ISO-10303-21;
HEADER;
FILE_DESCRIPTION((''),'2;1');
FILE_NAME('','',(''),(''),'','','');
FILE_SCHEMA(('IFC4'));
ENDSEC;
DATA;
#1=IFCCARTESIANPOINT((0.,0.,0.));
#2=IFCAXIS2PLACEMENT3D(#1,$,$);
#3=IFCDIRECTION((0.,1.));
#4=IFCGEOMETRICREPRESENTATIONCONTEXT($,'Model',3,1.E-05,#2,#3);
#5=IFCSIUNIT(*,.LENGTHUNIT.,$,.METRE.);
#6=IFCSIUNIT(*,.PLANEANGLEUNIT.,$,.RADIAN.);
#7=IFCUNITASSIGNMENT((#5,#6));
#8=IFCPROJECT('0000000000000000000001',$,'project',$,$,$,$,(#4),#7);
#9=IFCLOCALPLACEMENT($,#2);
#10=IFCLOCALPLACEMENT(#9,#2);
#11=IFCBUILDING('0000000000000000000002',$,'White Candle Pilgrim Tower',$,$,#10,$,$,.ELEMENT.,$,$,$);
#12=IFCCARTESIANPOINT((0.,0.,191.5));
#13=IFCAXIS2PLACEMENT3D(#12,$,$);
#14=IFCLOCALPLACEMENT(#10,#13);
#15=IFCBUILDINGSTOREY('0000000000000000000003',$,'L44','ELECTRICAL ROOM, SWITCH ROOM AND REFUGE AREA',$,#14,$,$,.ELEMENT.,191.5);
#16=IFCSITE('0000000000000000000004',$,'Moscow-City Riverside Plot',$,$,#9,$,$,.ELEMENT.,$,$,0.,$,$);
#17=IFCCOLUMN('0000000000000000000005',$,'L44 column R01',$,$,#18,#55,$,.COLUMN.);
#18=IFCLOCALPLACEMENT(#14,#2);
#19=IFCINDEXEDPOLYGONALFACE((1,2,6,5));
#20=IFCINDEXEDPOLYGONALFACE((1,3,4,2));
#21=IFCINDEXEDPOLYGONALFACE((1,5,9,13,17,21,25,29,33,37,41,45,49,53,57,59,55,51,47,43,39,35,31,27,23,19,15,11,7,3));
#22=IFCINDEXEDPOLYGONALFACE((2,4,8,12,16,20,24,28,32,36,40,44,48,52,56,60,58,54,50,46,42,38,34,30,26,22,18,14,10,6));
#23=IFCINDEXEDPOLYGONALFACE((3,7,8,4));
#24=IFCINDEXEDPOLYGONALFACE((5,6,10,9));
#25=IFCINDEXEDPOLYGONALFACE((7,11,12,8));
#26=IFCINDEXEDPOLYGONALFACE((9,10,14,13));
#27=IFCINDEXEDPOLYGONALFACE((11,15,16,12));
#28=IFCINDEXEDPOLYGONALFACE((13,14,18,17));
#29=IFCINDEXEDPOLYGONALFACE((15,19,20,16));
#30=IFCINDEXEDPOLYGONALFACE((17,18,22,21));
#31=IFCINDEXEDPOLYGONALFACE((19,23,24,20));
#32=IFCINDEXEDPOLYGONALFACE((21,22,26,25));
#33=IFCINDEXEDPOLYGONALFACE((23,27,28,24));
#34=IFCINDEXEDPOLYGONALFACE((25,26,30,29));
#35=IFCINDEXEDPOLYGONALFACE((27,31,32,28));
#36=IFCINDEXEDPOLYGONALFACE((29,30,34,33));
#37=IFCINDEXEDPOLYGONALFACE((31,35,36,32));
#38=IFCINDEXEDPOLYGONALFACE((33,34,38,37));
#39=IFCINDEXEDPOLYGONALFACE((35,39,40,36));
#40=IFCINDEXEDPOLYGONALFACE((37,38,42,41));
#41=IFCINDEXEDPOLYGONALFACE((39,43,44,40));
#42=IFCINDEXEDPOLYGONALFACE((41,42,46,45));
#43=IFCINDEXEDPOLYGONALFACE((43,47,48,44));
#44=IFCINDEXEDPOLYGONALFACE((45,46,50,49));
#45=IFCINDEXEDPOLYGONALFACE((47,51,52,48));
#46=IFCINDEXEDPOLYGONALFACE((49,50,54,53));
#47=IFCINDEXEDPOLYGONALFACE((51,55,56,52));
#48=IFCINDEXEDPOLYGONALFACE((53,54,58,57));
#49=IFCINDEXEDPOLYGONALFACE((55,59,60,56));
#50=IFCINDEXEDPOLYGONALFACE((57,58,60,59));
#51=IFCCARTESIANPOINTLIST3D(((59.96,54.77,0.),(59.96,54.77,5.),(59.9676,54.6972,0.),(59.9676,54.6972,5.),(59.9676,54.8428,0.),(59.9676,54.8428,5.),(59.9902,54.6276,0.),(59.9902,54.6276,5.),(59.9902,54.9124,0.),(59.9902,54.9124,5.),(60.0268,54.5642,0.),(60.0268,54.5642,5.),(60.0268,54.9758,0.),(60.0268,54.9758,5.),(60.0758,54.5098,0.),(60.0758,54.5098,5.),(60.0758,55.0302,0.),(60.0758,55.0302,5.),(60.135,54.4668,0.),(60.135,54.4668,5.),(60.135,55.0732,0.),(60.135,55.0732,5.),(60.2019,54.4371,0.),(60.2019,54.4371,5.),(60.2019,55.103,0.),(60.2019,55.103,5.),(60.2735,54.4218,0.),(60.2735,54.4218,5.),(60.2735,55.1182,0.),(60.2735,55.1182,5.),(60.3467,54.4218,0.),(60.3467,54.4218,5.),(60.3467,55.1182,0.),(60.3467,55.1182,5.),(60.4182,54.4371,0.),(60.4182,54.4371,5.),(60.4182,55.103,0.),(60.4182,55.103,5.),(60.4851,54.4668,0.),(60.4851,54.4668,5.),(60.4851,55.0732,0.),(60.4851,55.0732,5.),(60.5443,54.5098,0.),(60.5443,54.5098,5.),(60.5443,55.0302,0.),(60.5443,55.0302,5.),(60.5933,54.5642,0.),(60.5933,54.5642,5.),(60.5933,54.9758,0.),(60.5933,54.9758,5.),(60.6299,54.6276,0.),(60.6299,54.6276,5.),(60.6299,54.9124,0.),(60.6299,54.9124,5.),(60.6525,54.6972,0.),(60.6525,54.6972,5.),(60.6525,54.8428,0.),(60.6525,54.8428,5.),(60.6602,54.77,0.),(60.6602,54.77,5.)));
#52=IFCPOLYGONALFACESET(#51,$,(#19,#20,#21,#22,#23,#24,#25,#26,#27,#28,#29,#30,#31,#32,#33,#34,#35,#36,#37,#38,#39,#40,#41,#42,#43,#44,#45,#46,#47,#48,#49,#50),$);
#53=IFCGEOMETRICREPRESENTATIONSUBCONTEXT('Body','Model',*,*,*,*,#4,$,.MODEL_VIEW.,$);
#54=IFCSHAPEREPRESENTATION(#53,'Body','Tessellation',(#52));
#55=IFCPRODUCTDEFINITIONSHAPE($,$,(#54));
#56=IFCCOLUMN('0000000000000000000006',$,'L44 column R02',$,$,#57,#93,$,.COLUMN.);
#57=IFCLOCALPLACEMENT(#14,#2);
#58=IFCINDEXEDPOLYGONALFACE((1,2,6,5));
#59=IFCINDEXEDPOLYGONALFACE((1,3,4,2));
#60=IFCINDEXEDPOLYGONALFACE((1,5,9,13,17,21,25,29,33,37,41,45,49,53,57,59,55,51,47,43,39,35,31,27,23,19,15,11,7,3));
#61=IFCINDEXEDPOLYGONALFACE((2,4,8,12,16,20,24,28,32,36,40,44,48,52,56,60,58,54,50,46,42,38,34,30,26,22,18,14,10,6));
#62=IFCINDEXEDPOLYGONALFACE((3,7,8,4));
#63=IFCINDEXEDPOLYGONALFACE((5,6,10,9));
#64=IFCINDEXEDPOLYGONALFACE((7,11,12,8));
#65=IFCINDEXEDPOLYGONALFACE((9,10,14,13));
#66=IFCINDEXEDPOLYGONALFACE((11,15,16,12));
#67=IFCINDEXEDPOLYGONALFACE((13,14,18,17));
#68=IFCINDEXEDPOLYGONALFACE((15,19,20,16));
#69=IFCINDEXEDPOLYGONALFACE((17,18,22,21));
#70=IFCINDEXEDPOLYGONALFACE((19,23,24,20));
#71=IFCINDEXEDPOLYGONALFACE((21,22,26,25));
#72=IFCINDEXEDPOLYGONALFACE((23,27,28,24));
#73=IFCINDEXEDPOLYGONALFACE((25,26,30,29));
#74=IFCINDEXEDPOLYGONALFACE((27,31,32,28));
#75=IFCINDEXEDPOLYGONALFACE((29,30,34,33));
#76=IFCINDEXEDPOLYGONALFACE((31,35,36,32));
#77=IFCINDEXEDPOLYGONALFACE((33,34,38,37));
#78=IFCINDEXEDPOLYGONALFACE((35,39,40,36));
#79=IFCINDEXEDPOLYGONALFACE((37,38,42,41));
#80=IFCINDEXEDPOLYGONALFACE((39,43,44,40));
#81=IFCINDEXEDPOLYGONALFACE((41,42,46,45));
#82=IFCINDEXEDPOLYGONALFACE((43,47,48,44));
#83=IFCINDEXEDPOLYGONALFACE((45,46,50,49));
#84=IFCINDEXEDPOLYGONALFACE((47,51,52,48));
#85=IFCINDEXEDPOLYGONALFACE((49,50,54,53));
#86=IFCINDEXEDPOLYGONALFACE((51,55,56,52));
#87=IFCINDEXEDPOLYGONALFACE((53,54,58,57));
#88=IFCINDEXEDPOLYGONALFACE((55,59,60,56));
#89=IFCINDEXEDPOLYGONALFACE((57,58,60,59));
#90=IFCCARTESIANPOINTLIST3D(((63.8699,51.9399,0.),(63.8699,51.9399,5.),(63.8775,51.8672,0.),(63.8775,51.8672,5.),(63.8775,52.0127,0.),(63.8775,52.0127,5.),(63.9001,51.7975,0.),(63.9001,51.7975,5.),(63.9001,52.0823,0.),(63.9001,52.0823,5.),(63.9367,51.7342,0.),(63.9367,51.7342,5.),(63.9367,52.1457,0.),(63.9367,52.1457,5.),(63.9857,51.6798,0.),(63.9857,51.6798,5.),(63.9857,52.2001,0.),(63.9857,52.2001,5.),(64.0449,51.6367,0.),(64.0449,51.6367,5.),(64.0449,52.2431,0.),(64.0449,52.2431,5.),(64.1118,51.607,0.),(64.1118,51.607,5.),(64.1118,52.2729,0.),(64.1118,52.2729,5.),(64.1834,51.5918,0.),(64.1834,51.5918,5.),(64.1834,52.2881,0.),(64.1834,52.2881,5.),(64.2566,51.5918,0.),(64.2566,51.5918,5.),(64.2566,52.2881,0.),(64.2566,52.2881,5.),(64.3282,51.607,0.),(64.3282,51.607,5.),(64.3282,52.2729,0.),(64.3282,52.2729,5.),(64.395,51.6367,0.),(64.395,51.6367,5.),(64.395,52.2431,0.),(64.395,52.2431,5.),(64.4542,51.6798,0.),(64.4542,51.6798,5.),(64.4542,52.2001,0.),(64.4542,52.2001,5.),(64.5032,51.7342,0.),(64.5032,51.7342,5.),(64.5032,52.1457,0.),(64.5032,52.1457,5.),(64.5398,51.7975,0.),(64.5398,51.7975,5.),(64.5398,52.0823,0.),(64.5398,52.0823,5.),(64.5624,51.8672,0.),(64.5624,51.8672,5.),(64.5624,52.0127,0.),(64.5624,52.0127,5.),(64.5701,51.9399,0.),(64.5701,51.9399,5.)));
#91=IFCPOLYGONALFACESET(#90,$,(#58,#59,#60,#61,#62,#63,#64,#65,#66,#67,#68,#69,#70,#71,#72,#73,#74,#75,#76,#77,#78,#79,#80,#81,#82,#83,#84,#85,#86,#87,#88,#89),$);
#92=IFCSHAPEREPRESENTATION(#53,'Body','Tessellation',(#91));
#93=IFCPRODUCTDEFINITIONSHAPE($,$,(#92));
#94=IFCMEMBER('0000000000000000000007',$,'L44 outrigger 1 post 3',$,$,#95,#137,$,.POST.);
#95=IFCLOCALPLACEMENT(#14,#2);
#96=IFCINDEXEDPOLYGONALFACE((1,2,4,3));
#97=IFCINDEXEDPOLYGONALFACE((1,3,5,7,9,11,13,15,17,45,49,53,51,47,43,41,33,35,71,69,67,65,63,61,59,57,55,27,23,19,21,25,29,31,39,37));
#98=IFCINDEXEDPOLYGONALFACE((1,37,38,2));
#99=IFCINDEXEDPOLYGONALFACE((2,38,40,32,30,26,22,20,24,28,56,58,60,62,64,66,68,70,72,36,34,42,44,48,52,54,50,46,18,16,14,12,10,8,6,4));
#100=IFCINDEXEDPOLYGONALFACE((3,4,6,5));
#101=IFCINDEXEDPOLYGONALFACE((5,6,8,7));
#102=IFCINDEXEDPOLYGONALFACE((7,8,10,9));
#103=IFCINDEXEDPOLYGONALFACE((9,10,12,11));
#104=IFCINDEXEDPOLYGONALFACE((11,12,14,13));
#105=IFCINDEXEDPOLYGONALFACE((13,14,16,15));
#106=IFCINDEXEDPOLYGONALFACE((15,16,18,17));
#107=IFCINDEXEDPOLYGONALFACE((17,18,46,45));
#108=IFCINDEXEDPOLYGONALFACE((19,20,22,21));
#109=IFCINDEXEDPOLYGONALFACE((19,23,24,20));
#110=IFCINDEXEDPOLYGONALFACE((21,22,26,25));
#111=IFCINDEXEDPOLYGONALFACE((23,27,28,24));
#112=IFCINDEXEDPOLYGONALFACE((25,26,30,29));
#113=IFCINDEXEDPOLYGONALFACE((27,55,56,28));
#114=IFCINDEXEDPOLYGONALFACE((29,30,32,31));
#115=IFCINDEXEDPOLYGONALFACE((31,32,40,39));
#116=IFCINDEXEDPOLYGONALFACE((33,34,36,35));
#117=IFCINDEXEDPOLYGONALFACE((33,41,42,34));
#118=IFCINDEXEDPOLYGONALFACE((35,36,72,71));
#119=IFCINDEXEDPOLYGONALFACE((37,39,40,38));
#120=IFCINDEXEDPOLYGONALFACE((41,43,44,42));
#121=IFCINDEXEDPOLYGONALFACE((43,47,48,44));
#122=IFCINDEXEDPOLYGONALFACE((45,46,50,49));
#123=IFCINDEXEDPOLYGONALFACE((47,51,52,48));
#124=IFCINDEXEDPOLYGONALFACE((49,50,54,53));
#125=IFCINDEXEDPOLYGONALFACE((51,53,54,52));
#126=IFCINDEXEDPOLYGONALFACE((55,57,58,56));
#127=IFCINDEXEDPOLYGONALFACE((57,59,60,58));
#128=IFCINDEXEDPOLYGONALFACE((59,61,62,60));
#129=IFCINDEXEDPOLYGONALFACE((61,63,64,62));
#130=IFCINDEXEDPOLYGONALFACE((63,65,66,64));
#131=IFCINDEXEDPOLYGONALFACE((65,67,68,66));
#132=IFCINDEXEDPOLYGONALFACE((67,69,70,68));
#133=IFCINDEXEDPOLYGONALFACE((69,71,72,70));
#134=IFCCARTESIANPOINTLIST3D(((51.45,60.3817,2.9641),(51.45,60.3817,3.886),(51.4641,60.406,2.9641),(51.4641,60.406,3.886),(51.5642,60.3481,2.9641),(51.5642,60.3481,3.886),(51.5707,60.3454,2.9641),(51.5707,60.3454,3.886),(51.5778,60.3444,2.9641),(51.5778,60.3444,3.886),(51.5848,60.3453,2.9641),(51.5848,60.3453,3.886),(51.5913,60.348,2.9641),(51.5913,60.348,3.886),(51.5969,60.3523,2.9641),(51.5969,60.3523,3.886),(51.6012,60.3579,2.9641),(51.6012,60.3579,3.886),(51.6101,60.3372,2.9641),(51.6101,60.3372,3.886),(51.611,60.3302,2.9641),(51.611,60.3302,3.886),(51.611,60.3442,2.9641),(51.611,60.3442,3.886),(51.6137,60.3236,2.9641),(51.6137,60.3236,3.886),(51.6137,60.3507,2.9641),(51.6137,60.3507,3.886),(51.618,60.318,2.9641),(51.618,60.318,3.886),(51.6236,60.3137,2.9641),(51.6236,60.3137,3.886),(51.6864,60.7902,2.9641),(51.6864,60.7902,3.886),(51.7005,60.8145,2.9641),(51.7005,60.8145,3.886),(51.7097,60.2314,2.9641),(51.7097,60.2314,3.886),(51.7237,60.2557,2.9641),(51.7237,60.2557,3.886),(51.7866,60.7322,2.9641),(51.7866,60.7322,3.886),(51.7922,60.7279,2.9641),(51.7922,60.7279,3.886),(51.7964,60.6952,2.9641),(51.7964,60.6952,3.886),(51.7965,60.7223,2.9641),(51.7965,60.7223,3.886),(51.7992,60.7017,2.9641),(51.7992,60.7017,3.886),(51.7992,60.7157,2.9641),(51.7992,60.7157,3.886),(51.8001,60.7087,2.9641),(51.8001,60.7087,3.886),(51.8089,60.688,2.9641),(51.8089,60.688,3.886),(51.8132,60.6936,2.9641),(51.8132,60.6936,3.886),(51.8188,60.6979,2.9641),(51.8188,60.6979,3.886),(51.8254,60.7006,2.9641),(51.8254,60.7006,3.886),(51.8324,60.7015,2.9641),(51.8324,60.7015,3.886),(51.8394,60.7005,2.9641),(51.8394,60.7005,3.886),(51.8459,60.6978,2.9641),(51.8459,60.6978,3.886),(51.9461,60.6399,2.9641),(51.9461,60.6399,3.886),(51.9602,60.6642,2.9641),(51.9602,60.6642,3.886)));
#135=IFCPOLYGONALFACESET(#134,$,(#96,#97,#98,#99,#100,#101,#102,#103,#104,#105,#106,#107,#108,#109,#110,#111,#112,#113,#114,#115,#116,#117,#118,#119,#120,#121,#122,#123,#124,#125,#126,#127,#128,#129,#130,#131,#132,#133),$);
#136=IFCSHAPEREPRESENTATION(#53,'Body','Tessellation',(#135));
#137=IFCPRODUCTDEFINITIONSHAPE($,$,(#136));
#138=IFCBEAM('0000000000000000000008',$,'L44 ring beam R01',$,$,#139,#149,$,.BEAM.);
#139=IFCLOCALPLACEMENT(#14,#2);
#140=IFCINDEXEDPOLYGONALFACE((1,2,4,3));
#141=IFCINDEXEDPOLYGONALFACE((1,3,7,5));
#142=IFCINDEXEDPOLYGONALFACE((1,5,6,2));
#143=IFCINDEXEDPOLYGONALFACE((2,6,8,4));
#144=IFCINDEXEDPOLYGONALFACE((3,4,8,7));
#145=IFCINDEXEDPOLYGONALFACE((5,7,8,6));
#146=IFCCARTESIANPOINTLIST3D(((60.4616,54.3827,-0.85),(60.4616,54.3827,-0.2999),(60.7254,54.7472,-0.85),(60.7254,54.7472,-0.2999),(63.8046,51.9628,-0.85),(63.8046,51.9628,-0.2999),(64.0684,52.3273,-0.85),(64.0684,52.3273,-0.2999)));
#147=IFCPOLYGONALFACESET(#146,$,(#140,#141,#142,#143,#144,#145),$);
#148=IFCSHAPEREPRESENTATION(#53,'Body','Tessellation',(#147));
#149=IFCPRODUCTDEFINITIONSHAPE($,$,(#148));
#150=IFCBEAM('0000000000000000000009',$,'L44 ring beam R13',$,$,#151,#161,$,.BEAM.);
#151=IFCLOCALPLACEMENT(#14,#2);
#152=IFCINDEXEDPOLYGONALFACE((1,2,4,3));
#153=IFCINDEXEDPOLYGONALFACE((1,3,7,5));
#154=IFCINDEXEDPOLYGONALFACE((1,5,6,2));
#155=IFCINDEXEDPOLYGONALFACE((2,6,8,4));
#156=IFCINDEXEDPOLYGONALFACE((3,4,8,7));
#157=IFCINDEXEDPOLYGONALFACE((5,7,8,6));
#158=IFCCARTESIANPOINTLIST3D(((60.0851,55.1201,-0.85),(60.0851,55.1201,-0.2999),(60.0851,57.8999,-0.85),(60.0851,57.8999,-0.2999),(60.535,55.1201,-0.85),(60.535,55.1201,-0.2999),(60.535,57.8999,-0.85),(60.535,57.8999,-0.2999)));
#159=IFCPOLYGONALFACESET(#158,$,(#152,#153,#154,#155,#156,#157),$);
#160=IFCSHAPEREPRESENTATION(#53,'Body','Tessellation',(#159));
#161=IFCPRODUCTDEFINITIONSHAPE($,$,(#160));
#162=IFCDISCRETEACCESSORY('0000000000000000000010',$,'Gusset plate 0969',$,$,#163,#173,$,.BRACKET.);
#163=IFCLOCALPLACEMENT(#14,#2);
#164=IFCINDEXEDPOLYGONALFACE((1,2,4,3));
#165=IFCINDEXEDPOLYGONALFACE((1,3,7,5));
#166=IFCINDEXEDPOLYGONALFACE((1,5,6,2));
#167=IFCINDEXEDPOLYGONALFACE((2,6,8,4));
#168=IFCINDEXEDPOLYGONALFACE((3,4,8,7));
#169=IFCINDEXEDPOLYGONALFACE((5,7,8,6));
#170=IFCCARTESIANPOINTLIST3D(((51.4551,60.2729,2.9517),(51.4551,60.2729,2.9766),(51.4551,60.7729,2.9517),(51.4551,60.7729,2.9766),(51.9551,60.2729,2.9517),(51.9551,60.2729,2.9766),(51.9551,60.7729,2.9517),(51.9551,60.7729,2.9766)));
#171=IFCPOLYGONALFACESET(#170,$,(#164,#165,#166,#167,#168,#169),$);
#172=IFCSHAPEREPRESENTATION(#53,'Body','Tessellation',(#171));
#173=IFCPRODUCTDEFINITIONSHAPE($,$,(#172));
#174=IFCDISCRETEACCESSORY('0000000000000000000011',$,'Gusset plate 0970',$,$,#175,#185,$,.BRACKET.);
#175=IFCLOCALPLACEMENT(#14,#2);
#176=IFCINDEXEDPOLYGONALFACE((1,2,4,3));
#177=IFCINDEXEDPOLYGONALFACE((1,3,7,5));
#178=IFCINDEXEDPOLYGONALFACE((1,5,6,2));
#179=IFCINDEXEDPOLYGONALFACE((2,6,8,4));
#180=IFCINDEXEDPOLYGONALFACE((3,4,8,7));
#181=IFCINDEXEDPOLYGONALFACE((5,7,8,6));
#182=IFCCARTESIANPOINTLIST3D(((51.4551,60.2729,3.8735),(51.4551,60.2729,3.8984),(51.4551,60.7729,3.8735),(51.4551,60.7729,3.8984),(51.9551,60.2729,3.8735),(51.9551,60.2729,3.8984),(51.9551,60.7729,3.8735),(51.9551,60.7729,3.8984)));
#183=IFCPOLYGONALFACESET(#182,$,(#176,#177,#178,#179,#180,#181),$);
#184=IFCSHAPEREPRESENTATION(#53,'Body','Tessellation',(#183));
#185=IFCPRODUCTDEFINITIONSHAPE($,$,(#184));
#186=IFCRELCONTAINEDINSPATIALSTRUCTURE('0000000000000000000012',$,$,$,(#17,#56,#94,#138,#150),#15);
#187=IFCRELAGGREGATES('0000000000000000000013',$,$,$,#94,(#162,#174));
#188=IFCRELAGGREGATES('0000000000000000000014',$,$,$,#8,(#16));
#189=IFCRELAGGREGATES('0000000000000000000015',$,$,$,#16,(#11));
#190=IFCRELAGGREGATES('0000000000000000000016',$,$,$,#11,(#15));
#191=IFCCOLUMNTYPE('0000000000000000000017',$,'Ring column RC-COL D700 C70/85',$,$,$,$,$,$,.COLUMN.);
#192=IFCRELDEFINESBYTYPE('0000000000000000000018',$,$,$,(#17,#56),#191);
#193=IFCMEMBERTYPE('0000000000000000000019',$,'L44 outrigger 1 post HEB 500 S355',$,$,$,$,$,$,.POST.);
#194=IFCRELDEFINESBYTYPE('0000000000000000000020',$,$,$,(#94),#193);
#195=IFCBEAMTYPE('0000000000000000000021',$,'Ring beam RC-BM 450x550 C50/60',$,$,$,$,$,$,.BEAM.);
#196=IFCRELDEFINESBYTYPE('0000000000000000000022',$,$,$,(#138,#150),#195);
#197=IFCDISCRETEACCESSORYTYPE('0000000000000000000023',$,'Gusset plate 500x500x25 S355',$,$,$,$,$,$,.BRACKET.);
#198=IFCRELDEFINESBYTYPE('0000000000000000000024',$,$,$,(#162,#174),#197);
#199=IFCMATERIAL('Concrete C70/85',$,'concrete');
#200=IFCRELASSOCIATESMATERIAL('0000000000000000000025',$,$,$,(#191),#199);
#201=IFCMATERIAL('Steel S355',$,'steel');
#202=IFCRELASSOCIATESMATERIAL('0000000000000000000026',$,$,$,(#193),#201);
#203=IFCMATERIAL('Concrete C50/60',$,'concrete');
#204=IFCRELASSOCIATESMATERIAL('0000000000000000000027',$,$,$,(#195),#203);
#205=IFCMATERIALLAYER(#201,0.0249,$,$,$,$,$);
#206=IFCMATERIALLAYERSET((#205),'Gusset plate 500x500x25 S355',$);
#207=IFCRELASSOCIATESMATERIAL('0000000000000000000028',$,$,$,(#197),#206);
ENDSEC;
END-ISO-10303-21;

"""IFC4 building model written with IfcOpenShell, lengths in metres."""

from ifc_helpers import new_model, si_unit, direction, frame, origin, origin_2d, place, context, subcontext, project, spatial, rectangle, circle, i_section, extrude, material, layer, layer_set, material_profile, profile_set, type_object, element, aggregate, save


model = new_model("IFC4")

# Units and contexts
model_context = context("Model", 3, precision=1e-05, world=origin(), true_north=direction((0.0, 1.0)))
body_context = subcontext(model_context, "Body", "Model", "MODEL_VIEW")
ifc_project = project(units=[si_unit("LENGTHUNIT", "METRE"), si_unit("PLANEANGLEUNIT", "RADIAN")], contexts=[model_context])

# Site, building, storey
site_placement = place(None, origin())
site = spatial("IfcSite", under=ifc_project, at=site_placement, Name="Moscow-City Riverside Plot", CompositionType="ELEMENT", RefElevation=0.0)
building_placement = place(site_placement, origin())
building = spatial("IfcBuilding", under=site, at=building_placement, Name="White Candle Pilgrim Tower", CompositionType="ELEMENT")
storey_placement = place(building_placement, frame((0.0, 0.0, 191.5)))
storey = spatial("IfcBuildingStorey", under=building, at=storey_placement, Name="L44", Description="ELECTRICAL ROOM, SWITCH ROOM AND REFUGE AREA", CompositionType="ELEMENT", Elevation=191.5)

# Columns
ifc_material_1 = material(Name="Concrete C70/85", Category="concrete")
ifc_material_profile_1 = material_profile(ifc_material_1, circle(Radius=0.3501, at=origin_2d()), Name="RC-COL D700")
ifc_profile_set_1 = profile_set([ifc_material_profile_1], Name="Concrete C70/85")
column_type = type_object("IfcColumnType", Name="Ring column RC-COL D700 C70/85", PredefinedType="COLUMN", material=ifc_profile_set_1)
for number, where, z_axis, x_axis, name in (
    (1, (60.3101, 54.77, 0.0), (0.0, 0.0, 1.0), (1.0, 0.0, 0.0), "L44 column R01"),
    (2, (64.22, 51.9399, 0.0), (0.0, 0.0, 1.0), (1.0, 0.0, 0.0), "L44 column R02"),
):
    element("IfcColumn", number, at=place(storey_placement, frame(where, z_axis=z_axis, x_axis=x_axis)), inside=storey, type_object=column_type, Name=name, PredefinedType="COLUMN", context=body_context, shape_type="SweptSolid", body=[
        extrude(circle(Radius=0.3501, at=origin_2d()), origin(), (0.0, 0.0, 1.0), 5.0),
    ])

# Member
ifc_material_2 = material(Name="Steel S355", Category="steel")
ifc_material_profile_2 = material_profile(ifc_material_2, i_section(OverallWidth=0.3, OverallDepth=0.5, WebThickness=0.0144, FlangeThickness=0.0281, FilletRadius=0.0271, at=origin_2d()), Name="HEB 500")
ifc_profile_set_2 = profile_set([ifc_material_profile_2], Name="Steel S355")
member_type = type_object("IfcMemberType", Name="L44 outrigger 1 post HEB 500 S355", PredefinedType="POST", material=ifc_profile_set_2)
member_placement = place(storey_placement, frame((51.7051, 60.5229, 2.9641), z_axis=(0.0, 0.0, 1.0), x_axis=(0.865454, -0.500989, 0.0)))
member = element("IfcMember", 3, at=member_placement, inside=storey, type_object=member_type, Name="L44 outrigger 1 post 3", PredefinedType="POST", context=body_context, shape_type="SweptSolid", body=[
    extrude(i_section(OverallWidth=0.3, OverallDepth=0.5, WebThickness=0.0144, FlangeThickness=0.0281, FilletRadius=0.0271, at=origin_2d()), origin(), (0.0, 0.0, 1.0), 0.9219),
])

# Beams
ifc_material_3 = material(Name="Concrete C50/60", Category="concrete")
ifc_material_profile_3 = material_profile(ifc_material_3, rectangle(XDim=0.45, YDim=0.55, at=origin_2d()), Name="RC-BM 450x550")
ifc_profile_set_3 = profile_set([ifc_material_profile_3], Name="Concrete C50/60")
beam_type = type_object("IfcBeamType", Name="Ring beam RC-BM 450x550 C50/60", PredefinedType="BEAM", material=ifc_profile_set_3)
beam_1_placement = place(storey_placement, frame((60.5935, 54.5649, -0.575), z_axis=(0.810044, -0.586369, 0.0), x_axis=(0.586369, 0.810044, 0.0)))
element("IfcBeam", 4, at=beam_1_placement, inside=storey, type_object=beam_type, Name="L44 ring beam R01", PredefinedType="BEAM", context=body_context, shape_type="SweptSolid", body=[
    extrude(rectangle(XDim=0.45, YDim=0.55, at=origin_2d()), origin(), (0.0, 0.0, 1.0), 4.127),
])
beam_2_placement = place(storey_placement, frame((60.3101, 55.1201, -0.575), z_axis=(0.0, 1.0, 0.0), x_axis=(-1.0, 0.0, 0.0)))
element("IfcBeam", 5, at=beam_2_placement, inside=storey, type_object=beam_type, Name="L44 ring beam R13", PredefinedType="BEAM", context=body_context, shape_type="SweptSolid", body=[
    extrude(rectangle(XDim=0.45, YDim=0.55, at=origin_2d()), origin(), (0.0, 0.0, 1.0), 2.7798),
])

# Discrete accessories
ifc_layer_1 = layer(ifc_material_2, 0.0249)
ifc_layer_set_1 = layer_set([ifc_layer_1], Name="Gusset plate 500x500x25 S355")
discrete_accessory_type = type_object("IfcDiscreteAccessoryType", Name="Gusset plate 500x500x25 S355", PredefinedType="BRACKET", material=ifc_layer_set_1)
discrete_accessory_1_placement = place(storey_placement, frame((51.7051, 60.5229, 2.9517), z_axis=(0.0, 0.0, 1.0), x_axis=(1.0, 0.0, 0.0)))
discrete_accessory_1 = element("IfcDiscreteAccessory", 6, at=discrete_accessory_1_placement, type_object=discrete_accessory_type, Name="Gusset plate 0969", PredefinedType="BRACKET", context=body_context, shape_type="SweptSolid", body=[
    extrude(rectangle(XDim=0.5, YDim=0.5, at=origin_2d()), origin(), (0.0, 0.0, 1.0), 0.0249),
])
discrete_accessory_2_placement = place(storey_placement, frame((51.7051, 60.5229, 3.8735), z_axis=(0.0, 0.0, 1.0), x_axis=(1.0, 0.0, 0.0)))
discrete_accessory_2 = element("IfcDiscreteAccessory", 7, at=discrete_accessory_2_placement, type_object=discrete_accessory_type, Name="Gusset plate 0970", PredefinedType="BRACKET", context=body_context, shape_type="SweptSolid", body=[
    extrude(rectangle(XDim=0.5, YDim=0.5, at=origin_2d()), origin(), (0.0, 0.0, 1.0), 0.0249),
])
aggregate(member, [discrete_accessory_1, discrete_accessory_2])

save(model, "model.ifc")
